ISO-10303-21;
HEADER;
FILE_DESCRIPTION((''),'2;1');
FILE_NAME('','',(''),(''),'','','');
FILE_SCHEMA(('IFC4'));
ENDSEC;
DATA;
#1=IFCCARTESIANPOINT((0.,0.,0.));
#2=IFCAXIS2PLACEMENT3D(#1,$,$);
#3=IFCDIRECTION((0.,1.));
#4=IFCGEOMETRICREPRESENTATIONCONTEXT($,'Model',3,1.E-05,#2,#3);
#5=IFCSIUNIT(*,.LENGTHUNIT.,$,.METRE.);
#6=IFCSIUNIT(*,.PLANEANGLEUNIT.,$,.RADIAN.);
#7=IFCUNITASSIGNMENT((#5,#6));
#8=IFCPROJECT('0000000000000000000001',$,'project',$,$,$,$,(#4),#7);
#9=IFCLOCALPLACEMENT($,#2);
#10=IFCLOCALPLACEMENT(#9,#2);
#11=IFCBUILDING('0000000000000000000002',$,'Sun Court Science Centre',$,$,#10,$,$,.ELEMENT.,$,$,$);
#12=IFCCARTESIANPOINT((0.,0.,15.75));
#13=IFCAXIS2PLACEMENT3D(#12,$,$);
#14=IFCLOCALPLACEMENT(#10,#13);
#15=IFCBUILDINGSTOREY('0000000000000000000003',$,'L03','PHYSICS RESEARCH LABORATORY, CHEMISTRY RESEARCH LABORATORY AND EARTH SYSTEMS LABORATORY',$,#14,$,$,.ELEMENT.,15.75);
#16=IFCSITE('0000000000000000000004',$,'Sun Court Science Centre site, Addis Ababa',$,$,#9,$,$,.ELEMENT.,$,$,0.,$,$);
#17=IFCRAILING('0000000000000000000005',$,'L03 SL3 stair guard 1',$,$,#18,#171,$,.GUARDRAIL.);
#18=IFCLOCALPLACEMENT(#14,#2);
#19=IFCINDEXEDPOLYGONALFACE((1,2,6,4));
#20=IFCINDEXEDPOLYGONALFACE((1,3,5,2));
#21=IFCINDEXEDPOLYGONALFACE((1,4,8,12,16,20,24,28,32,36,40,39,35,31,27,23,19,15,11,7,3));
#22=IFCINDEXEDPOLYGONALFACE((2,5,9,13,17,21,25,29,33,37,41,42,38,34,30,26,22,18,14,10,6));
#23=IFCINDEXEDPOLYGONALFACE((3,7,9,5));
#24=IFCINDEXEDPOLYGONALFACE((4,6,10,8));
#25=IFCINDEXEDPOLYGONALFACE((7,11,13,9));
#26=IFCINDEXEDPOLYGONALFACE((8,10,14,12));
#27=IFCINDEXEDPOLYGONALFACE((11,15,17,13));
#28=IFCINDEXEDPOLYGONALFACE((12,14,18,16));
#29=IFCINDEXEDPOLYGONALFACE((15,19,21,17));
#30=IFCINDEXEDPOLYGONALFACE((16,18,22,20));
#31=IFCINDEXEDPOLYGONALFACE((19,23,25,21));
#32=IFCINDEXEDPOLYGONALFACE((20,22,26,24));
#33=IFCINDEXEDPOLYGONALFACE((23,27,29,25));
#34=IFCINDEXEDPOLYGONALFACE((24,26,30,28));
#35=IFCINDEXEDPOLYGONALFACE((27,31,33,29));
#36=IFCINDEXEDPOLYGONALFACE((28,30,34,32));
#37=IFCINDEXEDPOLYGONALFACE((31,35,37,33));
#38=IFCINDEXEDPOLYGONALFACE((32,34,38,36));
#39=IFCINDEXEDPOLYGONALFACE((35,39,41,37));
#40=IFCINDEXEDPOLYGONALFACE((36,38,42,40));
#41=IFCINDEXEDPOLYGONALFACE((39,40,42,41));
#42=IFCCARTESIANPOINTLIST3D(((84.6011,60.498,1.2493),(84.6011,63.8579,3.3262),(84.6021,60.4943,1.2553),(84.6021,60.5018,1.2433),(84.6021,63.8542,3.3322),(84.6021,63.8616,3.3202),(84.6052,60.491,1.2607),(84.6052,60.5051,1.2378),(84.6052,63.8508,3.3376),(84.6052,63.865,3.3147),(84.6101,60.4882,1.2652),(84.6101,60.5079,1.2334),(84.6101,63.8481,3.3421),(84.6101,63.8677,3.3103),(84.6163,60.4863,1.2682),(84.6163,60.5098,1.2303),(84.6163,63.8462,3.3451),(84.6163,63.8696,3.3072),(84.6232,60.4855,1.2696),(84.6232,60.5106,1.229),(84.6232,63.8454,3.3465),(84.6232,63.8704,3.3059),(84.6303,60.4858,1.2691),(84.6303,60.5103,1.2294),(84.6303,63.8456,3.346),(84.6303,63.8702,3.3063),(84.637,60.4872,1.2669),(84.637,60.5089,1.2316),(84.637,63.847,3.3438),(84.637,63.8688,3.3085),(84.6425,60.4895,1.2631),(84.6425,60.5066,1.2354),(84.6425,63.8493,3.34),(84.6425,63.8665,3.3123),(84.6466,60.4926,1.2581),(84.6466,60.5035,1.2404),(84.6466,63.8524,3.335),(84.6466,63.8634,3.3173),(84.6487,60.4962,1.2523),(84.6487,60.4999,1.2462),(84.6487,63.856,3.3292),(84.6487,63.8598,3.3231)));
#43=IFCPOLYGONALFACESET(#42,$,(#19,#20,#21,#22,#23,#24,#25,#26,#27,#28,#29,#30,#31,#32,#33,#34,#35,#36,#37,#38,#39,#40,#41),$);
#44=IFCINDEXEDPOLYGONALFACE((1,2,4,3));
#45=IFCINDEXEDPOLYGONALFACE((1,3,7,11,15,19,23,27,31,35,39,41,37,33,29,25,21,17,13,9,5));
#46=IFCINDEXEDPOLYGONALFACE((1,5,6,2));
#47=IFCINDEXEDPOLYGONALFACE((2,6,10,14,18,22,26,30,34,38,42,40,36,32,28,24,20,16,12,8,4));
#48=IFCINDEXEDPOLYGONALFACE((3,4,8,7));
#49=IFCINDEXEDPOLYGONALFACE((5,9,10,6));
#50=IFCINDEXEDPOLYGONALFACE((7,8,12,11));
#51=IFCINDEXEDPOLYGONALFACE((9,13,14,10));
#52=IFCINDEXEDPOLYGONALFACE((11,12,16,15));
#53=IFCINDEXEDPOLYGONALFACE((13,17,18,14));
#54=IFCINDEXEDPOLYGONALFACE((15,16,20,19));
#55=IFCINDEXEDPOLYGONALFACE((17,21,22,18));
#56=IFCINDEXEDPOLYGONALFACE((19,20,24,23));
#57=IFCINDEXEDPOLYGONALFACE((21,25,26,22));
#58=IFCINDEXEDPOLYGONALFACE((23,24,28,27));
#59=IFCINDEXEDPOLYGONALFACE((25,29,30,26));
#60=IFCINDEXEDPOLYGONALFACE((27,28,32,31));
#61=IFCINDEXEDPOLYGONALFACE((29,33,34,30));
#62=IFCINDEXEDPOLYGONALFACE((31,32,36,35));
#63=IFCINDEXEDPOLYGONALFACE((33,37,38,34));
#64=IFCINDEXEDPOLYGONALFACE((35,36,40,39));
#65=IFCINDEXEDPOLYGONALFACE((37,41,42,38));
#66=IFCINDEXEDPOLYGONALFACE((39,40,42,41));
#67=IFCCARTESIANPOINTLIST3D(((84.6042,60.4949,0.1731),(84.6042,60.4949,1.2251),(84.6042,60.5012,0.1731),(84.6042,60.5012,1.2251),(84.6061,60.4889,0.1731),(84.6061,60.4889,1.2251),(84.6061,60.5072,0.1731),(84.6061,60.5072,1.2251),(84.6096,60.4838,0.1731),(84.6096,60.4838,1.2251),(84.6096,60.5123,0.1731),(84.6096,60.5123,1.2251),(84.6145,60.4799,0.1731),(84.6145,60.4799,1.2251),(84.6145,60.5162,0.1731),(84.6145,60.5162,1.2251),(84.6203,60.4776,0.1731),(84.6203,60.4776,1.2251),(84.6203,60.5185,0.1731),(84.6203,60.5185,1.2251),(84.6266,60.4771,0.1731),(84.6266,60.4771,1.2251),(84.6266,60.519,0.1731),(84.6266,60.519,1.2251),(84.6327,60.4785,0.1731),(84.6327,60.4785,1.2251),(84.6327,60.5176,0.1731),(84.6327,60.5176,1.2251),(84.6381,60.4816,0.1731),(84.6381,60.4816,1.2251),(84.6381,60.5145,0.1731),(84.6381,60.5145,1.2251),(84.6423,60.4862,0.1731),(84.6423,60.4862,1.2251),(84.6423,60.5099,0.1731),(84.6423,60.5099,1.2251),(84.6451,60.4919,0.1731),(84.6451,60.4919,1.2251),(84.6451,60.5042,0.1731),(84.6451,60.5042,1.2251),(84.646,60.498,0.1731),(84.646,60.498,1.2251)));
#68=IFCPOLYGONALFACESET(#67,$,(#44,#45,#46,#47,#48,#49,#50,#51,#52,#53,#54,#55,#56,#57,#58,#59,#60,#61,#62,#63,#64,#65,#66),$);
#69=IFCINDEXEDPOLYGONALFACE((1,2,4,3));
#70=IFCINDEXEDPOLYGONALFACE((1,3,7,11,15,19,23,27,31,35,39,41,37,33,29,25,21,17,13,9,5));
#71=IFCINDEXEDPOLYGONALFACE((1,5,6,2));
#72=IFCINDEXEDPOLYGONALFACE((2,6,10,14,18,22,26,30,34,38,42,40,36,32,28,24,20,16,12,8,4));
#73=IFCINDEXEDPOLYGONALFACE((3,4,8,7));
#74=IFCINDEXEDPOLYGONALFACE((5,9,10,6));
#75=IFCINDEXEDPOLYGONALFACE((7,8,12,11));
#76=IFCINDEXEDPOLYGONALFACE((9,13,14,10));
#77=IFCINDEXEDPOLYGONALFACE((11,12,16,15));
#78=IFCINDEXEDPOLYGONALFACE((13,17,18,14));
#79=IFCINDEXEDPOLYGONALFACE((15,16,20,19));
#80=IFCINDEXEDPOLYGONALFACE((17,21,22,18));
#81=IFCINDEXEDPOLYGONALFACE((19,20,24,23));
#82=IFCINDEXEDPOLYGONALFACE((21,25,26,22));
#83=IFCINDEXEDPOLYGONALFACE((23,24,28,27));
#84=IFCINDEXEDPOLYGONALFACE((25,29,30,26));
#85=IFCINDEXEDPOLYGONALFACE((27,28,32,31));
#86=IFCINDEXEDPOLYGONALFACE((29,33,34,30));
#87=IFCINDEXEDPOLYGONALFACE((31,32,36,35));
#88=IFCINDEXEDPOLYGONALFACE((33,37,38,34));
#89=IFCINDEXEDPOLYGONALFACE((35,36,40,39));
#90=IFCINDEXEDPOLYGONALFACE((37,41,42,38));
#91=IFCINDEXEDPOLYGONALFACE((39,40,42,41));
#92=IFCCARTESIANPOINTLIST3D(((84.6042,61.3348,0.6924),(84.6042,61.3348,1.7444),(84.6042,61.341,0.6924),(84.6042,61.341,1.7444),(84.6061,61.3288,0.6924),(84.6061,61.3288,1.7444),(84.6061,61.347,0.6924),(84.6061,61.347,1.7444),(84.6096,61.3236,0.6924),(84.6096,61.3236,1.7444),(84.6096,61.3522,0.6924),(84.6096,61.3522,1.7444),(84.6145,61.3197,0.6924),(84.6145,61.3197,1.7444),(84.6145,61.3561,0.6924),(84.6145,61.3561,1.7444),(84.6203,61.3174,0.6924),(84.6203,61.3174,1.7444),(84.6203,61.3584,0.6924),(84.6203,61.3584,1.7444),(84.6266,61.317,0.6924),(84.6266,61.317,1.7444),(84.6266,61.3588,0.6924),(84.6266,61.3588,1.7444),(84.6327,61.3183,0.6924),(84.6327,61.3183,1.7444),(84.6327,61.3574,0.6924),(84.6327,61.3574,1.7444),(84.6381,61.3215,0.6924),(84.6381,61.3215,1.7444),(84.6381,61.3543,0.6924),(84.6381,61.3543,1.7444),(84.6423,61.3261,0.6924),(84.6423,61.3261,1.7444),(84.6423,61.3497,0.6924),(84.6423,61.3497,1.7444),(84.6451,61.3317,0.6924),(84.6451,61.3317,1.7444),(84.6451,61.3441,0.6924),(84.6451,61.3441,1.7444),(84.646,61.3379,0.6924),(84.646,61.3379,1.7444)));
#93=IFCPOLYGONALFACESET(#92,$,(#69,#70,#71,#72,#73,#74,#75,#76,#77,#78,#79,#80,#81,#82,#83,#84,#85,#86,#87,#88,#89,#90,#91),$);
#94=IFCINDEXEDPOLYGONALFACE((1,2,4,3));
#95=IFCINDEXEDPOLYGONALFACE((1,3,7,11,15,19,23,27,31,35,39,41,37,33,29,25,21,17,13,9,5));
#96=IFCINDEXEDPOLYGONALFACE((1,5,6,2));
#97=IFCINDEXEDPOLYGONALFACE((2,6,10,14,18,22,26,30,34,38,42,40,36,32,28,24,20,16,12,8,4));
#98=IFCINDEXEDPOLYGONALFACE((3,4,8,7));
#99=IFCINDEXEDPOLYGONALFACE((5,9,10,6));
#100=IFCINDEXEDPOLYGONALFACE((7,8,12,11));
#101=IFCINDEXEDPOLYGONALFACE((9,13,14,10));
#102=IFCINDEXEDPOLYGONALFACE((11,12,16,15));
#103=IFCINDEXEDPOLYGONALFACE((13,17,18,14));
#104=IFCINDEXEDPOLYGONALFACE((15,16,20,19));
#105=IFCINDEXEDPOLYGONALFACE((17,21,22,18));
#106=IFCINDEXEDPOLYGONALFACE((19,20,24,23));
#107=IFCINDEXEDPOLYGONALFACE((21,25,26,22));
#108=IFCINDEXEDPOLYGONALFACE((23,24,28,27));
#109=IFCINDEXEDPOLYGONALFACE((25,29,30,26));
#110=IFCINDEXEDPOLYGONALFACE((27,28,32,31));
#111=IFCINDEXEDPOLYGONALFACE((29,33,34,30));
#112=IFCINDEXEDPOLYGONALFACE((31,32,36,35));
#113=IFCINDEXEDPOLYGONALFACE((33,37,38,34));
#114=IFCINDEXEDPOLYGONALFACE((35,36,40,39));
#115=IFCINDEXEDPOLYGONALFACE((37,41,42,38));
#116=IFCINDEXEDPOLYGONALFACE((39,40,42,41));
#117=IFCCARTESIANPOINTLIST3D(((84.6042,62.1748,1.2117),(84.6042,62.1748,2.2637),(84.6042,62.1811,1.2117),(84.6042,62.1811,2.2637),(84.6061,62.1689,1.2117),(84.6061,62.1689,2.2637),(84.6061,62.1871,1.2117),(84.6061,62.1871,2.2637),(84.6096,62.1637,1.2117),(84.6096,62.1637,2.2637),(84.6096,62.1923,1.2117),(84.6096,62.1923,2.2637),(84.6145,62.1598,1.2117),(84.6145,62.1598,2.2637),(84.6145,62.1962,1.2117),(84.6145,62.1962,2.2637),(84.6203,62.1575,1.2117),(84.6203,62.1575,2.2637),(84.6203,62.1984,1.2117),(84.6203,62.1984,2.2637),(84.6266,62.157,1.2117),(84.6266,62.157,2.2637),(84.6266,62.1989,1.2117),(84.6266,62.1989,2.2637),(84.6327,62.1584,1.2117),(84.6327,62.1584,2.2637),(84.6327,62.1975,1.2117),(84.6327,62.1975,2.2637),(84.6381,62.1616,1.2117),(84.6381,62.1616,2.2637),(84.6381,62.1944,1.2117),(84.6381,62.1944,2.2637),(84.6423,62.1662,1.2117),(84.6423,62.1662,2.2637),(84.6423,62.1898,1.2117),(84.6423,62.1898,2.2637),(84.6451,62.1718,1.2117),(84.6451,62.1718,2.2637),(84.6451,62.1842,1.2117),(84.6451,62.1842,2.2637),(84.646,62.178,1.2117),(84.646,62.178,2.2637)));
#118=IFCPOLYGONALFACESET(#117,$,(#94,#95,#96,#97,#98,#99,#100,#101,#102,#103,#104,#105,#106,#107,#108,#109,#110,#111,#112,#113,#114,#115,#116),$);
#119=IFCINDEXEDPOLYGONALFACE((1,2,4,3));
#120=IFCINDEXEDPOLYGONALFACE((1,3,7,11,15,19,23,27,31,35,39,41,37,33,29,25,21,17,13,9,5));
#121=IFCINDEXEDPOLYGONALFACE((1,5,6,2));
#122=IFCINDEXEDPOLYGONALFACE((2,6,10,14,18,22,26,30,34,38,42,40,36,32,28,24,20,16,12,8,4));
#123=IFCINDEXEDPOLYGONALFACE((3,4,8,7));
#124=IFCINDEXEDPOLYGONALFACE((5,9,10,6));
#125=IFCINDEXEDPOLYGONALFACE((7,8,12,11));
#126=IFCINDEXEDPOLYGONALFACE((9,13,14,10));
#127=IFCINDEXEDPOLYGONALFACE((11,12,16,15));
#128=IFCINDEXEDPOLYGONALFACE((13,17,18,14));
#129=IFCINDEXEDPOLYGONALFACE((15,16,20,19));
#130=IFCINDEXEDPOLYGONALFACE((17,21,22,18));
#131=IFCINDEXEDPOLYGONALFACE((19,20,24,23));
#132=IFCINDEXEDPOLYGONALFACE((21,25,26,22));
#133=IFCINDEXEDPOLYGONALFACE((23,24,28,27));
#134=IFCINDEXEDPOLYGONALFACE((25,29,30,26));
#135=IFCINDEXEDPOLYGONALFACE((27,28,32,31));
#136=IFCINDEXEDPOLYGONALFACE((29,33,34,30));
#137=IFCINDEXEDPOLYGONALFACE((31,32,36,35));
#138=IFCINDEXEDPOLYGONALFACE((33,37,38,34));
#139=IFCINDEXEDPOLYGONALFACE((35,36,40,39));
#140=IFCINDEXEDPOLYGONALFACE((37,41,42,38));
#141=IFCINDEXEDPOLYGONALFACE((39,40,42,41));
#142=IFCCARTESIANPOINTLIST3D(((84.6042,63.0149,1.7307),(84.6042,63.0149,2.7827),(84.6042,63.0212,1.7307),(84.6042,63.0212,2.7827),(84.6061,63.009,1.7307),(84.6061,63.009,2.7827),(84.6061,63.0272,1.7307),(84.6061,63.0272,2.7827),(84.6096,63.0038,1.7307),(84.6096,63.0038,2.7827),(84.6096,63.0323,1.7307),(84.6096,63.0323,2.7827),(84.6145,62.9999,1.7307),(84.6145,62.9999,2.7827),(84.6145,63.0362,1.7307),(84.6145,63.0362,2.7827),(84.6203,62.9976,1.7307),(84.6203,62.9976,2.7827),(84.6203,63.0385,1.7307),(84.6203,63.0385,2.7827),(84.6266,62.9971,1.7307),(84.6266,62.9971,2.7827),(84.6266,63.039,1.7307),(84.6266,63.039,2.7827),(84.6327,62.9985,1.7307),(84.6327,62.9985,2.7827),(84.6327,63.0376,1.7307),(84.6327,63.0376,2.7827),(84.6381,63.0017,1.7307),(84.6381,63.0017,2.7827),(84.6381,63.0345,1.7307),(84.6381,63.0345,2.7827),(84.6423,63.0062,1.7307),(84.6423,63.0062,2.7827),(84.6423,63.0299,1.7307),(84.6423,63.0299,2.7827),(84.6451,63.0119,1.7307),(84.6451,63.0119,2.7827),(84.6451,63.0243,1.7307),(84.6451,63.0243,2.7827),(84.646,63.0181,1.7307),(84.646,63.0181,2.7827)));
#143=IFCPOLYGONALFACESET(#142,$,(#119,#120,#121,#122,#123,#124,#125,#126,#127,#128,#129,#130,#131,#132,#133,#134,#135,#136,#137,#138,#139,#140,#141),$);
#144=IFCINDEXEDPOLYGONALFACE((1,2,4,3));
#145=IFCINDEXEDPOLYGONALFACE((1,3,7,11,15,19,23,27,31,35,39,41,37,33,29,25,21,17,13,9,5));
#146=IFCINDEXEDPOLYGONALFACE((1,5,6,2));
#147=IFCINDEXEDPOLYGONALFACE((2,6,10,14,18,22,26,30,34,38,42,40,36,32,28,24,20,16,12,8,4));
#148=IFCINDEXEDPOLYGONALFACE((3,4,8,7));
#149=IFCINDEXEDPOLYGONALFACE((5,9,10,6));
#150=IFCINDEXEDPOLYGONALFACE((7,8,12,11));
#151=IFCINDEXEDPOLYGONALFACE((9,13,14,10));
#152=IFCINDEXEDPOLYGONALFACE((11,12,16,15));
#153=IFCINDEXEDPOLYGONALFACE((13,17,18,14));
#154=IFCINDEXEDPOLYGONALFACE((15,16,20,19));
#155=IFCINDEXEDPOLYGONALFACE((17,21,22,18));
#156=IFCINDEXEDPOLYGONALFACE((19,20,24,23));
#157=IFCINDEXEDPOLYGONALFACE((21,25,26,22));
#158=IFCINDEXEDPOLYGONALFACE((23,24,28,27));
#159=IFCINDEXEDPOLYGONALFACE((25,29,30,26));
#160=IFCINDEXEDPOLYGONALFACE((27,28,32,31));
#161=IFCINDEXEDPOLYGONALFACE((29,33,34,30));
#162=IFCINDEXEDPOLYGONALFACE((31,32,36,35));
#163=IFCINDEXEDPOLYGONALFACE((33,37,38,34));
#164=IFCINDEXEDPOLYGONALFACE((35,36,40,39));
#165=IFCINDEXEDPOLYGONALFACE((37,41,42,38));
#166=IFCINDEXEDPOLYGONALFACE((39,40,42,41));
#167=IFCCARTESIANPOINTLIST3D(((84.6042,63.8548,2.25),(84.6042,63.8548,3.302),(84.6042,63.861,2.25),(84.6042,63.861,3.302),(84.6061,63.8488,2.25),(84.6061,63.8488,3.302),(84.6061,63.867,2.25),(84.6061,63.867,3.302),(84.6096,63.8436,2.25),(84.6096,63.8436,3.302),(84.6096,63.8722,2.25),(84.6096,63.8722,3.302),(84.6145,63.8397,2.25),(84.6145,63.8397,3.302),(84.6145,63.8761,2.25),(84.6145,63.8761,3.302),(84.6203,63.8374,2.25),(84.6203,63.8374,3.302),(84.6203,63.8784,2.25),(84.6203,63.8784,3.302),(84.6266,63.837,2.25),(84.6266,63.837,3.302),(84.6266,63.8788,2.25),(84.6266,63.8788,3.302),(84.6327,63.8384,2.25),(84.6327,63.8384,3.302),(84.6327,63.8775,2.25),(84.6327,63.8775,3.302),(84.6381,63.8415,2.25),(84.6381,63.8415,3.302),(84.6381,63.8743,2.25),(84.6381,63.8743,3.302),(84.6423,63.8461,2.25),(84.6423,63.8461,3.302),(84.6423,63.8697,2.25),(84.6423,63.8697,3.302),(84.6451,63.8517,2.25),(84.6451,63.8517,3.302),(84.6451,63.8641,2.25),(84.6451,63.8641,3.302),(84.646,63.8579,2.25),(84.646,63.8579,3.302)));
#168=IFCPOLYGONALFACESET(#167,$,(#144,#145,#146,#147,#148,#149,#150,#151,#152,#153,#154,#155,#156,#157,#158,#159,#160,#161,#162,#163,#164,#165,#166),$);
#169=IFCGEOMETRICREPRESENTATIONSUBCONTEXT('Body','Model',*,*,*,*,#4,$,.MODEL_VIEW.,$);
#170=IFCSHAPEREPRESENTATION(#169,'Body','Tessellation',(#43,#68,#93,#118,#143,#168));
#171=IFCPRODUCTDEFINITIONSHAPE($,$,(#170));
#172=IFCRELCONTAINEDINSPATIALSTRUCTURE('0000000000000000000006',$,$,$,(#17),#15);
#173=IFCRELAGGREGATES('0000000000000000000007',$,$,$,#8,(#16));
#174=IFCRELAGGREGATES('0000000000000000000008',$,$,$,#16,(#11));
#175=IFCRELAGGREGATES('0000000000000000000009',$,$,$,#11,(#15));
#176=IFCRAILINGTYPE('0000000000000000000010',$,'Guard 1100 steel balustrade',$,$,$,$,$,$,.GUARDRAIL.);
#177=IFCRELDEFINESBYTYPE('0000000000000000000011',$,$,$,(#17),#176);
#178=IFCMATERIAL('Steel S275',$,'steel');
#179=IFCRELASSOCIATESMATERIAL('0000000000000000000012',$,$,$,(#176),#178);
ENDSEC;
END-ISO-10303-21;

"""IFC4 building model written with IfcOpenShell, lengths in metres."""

from ifc_helpers import new_model, si_unit, direction, frame, origin, origin_2d, place, context, subcontext, project, spatial, circle, extrude, material, type_object, element, save


model = new_model("IFC4")

# Units and contexts
model_context = context("Model", 3, precision=1e-05, world=origin(), true_north=direction((0.0, 1.0)))
body_context = subcontext(model_context, "Body", "Model", "MODEL_VIEW")
ifc_project = project(units=[si_unit("LENGTHUNIT", "METRE"), si_unit("PLANEANGLEUNIT", "RADIAN")], contexts=[model_context])

# Site, building, storey
site_placement = place(None, origin())
site = spatial("IfcSite", under=ifc_project, at=site_placement, Name="Sun Court Science Centre site, Addis Ababa", CompositionType="ELEMENT", RefElevation=0.0)
building_placement = place(site_placement, origin())
building = spatial("IfcBuilding", under=site, at=building_placement, Name="Sun Court Science Centre", CompositionType="ELEMENT")
storey_placement = place(building_placement, frame((0.0, 0.0, 15.75)))
storey = spatial("IfcBuildingStorey", under=building, at=storey_placement, Name="L03", Description="PHYSICS RESEARCH LABORATORY, CHEMISTRY RESEARCH LABORATORY AND EARTH SYSTEMS LABORATORY", CompositionType="ELEMENT", Elevation=15.75)

# Railing
ifc_material_1 = material(Name="Steel S275", Category="steel")
railing_type_1 = type_object("IfcRailingType", Name="Guard 1100 steel balustrade", PredefinedType="GUARDRAIL", material=ifc_material_1)
railing_1_placement = place(storey_placement, frame((84.625, 60.498, 0.1731)))
element("IfcRailing", 1, at=railing_1_placement, inside=storey, type_object=railing_type_1, Name="L03 SL3 stair guard 1", PredefinedType="GUARDRAIL", context=body_context, shape_type="SweptSolid", body=[
    extrude(circle(Radius=0.0239, at=origin_2d()), frame((0.0, 0.0, 1.0762), z_axis=(0.0, 0.850606, 0.525803), x_axis=(-1.0, 0.0, 0.0)), (0.0, 0.0, 1.0), 3.95),
    extrude(circle(Radius=0.021, at=origin_2d()), origin(), (0.0, 0.0, 1.0), 1.052),
    extrude(circle(Radius=0.021, at=origin_2d()), frame((0.0, 0.8398, 0.5193)), (0.0, 0.0, 1.0), 1.052),
    extrude(circle(Radius=0.021, at=origin_2d()), frame((0.0, 1.6799, 1.0386)), (0.0, 0.0, 1.0), 1.052),
    extrude(circle(Radius=0.021, at=origin_2d()), frame((0.0, 2.52, 1.5576)), (0.0, 0.0, 1.0), 1.052),
    extrude(circle(Radius=0.021, at=origin_2d()), frame((0.0, 3.3599, 2.0769)), (0.0, 0.0, 1.0), 1.052),
])

save(model, "model.ifc")
